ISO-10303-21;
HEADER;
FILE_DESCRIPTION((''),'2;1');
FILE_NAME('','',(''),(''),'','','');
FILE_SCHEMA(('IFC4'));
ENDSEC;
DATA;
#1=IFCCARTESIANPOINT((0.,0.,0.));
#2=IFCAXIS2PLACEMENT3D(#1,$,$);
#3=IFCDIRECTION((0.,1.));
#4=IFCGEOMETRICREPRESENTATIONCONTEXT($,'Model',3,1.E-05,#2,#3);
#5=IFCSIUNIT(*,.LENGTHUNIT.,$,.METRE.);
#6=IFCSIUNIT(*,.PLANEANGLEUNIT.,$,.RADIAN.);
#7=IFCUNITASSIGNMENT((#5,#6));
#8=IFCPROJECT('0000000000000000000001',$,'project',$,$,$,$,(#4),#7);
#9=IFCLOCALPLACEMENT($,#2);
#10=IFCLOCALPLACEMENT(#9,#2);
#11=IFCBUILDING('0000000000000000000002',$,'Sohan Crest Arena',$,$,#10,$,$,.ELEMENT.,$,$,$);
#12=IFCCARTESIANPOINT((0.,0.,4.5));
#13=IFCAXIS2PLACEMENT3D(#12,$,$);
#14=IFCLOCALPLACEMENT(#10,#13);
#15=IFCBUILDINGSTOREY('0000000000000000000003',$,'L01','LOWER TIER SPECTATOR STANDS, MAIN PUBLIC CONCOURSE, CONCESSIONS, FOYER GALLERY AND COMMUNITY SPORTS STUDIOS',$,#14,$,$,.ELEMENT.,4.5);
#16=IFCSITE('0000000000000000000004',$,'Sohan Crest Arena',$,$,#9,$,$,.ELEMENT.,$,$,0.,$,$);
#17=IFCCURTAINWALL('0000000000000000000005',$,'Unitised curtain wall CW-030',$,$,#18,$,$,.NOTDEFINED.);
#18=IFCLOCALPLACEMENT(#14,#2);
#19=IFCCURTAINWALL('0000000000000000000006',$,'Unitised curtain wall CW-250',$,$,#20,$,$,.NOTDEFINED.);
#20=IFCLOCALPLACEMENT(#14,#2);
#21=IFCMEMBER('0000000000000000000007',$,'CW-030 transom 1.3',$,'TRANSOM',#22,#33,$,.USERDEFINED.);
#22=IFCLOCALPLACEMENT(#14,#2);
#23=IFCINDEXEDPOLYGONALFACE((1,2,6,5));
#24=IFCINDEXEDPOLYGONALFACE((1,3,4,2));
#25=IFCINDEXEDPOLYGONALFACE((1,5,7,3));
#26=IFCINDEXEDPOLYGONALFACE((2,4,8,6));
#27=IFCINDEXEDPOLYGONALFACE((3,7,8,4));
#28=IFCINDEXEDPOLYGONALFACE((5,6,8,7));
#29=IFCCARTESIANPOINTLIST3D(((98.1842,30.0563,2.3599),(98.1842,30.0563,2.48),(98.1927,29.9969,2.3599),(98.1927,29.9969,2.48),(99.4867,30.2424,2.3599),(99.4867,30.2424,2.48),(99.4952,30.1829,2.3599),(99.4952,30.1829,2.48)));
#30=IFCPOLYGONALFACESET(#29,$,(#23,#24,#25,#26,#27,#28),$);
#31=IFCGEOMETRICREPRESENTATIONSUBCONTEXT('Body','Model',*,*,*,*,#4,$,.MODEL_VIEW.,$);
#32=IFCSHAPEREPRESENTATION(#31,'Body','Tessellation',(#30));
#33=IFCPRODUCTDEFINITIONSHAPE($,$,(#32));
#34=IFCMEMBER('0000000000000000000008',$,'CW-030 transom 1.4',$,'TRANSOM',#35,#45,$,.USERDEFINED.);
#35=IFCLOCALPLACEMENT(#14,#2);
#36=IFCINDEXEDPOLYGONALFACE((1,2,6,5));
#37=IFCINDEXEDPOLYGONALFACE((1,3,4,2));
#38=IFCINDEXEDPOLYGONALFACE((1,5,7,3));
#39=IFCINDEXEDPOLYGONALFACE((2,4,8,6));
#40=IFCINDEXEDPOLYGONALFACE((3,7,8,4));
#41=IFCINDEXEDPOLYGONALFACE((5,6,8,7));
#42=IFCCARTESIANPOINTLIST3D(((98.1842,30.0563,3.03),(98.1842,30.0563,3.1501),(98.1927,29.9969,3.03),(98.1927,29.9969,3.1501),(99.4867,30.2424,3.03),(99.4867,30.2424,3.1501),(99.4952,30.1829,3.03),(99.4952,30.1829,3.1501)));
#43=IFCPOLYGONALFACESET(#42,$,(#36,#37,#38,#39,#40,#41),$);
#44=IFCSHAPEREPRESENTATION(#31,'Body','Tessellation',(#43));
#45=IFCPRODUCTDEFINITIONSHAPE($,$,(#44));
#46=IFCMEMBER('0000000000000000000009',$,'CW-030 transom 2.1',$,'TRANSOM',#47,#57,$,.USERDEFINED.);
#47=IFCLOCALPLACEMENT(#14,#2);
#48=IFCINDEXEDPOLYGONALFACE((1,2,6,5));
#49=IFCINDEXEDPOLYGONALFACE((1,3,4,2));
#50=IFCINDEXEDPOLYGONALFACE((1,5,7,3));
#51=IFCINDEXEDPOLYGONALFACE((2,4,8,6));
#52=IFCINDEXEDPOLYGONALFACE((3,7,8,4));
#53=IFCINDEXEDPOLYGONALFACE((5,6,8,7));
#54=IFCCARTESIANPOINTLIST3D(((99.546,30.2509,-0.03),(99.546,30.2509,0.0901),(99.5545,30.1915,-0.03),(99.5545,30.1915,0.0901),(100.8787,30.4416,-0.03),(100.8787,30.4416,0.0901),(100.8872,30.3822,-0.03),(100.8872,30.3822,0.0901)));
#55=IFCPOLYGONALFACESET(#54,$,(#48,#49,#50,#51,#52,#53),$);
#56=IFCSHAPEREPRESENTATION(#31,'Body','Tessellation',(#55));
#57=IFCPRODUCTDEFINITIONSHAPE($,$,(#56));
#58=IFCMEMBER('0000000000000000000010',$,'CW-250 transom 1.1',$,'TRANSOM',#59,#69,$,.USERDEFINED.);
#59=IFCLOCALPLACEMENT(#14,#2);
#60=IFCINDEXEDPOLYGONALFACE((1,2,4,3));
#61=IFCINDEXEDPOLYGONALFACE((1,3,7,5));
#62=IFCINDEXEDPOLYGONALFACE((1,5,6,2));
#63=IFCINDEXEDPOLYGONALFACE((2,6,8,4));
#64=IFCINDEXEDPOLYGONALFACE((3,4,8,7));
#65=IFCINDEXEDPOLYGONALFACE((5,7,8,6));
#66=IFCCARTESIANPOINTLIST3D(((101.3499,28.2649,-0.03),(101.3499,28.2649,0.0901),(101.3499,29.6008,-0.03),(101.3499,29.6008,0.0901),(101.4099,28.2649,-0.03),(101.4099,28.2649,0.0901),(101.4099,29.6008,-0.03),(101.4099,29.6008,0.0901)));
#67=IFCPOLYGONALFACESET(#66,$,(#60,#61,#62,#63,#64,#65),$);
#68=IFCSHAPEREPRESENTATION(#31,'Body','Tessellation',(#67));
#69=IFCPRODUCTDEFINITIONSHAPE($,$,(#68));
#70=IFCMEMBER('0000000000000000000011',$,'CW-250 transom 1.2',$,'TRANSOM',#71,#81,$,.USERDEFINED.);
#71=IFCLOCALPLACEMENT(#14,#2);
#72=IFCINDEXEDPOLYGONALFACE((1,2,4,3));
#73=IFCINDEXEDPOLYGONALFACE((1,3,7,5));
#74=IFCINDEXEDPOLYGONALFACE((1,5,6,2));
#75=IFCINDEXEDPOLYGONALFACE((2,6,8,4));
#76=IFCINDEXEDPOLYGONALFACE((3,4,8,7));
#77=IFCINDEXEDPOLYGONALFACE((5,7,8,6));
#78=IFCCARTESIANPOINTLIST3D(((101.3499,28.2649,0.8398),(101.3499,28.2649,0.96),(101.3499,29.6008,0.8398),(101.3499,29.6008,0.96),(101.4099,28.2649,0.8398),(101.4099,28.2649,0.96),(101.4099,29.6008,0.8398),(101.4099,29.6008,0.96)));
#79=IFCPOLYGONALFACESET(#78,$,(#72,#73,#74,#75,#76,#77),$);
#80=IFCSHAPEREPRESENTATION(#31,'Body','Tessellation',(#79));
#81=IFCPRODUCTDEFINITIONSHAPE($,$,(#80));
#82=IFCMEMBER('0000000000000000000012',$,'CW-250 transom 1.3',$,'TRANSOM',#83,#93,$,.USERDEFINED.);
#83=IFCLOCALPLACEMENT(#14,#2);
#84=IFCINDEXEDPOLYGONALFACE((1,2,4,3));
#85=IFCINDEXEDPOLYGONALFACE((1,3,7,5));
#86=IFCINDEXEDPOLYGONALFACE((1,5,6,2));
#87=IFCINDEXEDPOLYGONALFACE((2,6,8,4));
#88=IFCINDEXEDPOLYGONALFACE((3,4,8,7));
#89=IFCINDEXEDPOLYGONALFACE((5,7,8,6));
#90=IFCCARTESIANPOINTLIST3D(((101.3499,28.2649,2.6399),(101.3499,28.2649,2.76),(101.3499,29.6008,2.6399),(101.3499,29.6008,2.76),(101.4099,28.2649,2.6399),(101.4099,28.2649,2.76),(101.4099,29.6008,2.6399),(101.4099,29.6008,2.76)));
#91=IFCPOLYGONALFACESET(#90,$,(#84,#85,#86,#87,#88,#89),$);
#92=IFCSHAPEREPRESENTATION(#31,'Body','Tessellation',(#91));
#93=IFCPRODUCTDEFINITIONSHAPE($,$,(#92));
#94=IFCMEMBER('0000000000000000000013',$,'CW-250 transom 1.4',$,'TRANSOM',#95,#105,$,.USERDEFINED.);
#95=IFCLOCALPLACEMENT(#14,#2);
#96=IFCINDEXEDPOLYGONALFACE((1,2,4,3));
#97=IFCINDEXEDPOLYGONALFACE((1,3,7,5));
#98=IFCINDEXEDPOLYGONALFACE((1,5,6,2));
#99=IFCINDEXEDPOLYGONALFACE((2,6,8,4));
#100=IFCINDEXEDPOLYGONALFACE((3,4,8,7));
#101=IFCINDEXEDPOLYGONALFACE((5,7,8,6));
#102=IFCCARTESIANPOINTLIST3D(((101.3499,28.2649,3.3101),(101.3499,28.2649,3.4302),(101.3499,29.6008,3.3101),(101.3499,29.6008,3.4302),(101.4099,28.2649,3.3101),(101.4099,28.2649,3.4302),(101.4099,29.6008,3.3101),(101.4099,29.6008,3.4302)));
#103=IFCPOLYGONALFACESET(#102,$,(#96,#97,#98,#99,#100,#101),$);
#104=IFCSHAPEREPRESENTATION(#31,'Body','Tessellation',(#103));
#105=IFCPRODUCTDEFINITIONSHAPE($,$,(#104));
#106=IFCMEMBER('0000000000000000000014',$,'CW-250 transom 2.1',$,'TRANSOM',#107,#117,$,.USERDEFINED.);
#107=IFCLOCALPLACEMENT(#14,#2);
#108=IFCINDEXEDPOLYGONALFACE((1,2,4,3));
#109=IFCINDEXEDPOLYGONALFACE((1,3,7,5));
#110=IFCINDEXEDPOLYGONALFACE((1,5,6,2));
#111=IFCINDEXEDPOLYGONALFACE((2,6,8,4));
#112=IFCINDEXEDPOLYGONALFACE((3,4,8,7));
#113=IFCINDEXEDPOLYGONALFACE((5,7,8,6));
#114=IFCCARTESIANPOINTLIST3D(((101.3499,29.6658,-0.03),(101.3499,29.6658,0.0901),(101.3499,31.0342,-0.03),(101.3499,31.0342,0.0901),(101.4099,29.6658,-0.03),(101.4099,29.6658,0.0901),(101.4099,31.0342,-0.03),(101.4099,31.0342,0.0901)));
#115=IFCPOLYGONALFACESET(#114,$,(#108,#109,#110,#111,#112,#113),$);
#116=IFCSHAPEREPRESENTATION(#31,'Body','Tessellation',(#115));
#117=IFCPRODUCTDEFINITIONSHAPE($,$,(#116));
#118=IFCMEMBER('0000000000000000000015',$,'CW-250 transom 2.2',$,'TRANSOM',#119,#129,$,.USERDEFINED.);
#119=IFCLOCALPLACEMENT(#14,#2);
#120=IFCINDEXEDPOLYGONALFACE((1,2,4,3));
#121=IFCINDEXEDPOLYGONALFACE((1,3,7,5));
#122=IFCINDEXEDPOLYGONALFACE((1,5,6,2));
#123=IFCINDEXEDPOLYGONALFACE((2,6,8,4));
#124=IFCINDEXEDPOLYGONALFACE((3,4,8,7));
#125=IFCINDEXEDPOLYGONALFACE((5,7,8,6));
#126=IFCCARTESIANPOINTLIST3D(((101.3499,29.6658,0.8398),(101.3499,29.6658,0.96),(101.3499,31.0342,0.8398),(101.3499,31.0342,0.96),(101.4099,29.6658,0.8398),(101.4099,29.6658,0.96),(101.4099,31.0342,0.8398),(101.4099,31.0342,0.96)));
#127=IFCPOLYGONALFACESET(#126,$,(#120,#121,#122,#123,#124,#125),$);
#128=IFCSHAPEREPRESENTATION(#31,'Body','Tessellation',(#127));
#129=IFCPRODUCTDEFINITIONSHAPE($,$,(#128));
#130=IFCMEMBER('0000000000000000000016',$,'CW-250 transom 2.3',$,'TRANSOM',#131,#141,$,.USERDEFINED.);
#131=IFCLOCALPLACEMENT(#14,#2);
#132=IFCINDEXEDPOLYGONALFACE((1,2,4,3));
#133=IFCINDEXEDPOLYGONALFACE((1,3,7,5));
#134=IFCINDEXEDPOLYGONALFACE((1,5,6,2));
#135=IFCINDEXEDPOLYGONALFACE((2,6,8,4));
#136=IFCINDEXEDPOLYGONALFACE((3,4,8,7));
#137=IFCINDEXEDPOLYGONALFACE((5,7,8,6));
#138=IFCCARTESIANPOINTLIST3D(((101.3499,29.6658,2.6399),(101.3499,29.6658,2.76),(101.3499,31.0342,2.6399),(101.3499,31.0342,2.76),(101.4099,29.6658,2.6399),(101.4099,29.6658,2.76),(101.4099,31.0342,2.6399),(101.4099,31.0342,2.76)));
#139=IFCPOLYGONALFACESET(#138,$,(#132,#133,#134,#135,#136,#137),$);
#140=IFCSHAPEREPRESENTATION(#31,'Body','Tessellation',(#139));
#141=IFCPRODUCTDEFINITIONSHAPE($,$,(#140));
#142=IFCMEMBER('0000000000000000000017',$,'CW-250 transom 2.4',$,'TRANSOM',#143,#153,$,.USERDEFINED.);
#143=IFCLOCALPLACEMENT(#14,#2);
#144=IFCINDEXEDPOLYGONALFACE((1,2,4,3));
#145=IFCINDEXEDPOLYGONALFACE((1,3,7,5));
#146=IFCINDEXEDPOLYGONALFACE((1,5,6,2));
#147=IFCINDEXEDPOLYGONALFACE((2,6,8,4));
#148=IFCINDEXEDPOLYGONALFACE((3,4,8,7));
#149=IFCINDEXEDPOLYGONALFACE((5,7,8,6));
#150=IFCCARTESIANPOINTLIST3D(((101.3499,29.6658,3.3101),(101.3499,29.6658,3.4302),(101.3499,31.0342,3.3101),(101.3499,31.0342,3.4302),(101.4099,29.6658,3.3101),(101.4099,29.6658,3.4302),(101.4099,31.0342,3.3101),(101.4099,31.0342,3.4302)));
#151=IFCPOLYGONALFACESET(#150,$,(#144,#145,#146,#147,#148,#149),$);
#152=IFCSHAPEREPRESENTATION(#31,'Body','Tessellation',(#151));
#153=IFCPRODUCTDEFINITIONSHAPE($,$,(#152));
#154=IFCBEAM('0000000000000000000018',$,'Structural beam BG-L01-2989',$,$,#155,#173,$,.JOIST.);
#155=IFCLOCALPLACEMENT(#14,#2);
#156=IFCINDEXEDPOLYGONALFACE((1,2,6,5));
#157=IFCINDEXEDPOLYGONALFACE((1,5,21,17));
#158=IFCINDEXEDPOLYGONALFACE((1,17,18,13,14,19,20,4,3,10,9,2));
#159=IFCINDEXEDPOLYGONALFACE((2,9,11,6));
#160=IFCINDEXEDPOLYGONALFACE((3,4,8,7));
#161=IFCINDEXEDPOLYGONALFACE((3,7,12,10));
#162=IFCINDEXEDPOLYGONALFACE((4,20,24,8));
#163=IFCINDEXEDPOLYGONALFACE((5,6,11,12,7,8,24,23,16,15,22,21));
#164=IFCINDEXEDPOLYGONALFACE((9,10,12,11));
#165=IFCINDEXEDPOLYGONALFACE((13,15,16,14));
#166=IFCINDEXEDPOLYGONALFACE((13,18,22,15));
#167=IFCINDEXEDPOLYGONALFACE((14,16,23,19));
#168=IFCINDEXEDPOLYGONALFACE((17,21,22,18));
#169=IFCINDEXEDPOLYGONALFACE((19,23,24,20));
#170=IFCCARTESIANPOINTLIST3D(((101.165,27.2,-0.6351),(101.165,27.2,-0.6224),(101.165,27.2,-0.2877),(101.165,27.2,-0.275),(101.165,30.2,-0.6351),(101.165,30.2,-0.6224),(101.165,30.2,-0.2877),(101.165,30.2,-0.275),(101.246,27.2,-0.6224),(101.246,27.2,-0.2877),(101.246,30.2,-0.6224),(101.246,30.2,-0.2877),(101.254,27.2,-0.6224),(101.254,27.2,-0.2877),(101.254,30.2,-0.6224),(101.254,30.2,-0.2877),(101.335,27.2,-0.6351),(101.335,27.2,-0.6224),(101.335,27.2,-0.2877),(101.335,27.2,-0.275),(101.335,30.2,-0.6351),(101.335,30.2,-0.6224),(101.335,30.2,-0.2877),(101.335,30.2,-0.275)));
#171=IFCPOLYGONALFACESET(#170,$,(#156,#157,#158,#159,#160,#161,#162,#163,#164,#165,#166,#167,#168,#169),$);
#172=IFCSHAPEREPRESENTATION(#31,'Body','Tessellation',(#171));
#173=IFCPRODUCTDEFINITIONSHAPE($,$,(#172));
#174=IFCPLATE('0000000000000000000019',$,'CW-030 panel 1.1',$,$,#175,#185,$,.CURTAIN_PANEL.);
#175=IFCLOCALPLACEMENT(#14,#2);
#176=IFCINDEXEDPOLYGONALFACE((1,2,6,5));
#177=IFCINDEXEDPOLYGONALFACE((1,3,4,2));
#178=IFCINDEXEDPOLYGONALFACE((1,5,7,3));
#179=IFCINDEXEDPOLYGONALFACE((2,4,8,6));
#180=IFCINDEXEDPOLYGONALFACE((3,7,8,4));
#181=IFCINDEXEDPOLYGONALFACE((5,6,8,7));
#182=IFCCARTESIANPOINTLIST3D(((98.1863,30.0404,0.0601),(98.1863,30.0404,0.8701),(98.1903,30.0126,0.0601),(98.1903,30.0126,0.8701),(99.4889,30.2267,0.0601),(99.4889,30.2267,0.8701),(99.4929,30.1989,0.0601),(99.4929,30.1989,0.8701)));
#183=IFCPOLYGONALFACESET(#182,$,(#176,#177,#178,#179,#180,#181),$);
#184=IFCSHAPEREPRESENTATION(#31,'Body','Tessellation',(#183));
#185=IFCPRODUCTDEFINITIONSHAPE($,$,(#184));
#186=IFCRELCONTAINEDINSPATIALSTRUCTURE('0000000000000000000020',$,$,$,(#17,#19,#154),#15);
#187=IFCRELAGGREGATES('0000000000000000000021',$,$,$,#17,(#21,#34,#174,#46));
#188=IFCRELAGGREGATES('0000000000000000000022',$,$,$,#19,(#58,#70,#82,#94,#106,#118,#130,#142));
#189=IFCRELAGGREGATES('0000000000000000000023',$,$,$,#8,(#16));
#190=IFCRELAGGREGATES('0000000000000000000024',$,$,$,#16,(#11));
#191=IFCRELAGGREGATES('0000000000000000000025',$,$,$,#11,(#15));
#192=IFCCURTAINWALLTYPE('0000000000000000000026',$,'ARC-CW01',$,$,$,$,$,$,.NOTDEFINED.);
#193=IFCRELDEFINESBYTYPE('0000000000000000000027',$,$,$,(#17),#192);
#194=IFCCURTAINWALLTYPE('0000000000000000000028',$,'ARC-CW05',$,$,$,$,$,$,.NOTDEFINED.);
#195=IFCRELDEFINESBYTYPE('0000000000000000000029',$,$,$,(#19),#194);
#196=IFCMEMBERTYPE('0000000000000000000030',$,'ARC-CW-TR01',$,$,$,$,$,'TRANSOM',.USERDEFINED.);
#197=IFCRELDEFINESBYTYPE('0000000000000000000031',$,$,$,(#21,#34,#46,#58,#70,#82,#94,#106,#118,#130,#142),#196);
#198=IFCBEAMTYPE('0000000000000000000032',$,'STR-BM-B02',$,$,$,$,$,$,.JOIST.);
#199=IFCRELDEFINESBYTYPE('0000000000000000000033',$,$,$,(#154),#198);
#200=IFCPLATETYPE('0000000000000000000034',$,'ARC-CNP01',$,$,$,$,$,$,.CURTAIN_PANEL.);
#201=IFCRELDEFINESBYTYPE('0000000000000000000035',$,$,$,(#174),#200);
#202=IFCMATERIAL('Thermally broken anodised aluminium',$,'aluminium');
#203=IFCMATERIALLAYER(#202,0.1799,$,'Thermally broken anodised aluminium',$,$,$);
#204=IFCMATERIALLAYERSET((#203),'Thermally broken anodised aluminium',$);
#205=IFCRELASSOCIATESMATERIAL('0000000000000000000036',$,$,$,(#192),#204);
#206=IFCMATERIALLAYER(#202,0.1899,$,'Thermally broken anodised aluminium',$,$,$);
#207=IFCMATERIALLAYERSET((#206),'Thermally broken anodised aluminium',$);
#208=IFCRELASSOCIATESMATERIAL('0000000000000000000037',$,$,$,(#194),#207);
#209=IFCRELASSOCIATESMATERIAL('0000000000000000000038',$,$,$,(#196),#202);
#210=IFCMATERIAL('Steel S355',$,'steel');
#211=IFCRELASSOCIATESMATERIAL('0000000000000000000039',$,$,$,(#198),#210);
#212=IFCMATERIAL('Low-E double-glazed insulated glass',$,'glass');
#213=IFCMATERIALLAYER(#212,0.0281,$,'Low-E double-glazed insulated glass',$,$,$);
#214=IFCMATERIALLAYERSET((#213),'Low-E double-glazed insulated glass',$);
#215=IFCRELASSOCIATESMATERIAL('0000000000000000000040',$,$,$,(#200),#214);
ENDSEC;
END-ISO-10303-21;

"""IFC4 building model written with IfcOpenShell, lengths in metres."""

from ifc_helpers import new_model, si_unit, direction, frame, origin, origin_2d, place, context, subcontext, project, spatial, rectangle, i_section, extrude, material, layer, layer_set, material_profile, profile_set, type_object, element, aggregate, save


model = new_model("IFC4")

# Units and contexts
model_context = context("Model", 3, precision=1e-05, world=origin(), true_north=direction((0.0, 1.0)))
body_context = subcontext(model_context, "Body", "Model", "MODEL_VIEW")
ifc_project = project(units=[si_unit("LENGTHUNIT", "METRE"), si_unit("PLANEANGLEUNIT", "RADIAN")], contexts=[model_context])

# Site, building, storey
site_placement = place(None, origin())
site = spatial("IfcSite", under=ifc_project, at=site_placement, Name="Sohan Crest Arena", CompositionType="ELEMENT", RefElevation=0.0)
building_placement = place(site_placement, origin())
building = spatial("IfcBuilding", under=site, at=building_placement, Name="Sohan Crest Arena", CompositionType="ELEMENT")
storey_placement = place(building_placement, frame((0.0, 0.0, 4.5)))
storey = spatial("IfcBuildingStorey", under=building, at=storey_placement, Name="L01", Description="LOWER TIER SPECTATOR STANDS, MAIN PUBLIC CONCOURSE, CONCESSIONS, FOYER GALLERY AND COMMUNITY SPORTS STUDIOS", CompositionType="ELEMENT", Elevation=4.5)

# Shared definitions
ifc_material_1 = material(Name="Steel S355", Category="steel")

# Curtain walls
ifc_material_2 = material(Name="Thermally broken anodised aluminium", Category="aluminium")
ifc_layer_1 = layer(ifc_material_2, 0.1799, Name="Thermally broken anodised aluminium")
ifc_layer_set_1 = layer_set([ifc_layer_1], Name="Thermally broken anodised aluminium")
curtain_wall_type_1 = type_object("IfcCurtainWallType", Name="ARC-CW01", PredefinedType="NOTDEFINED", material=ifc_layer_set_1)
curtain_wall_1_placement = place(storey_placement, origin())
curtain_wall_1 = element("IfcCurtainWall", 1, at=curtain_wall_1_placement, inside=storey, type_object=curtain_wall_type_1, Name="Unitised curtain wall CW-030", PredefinedType="NOTDEFINED")
ifc_layer_2 = layer(ifc_material_2, 0.1899, Name="Thermally broken anodised aluminium")
ifc_layer_set_2 = layer_set([ifc_layer_2], Name="Thermally broken anodised aluminium")
curtain_wall_type_2 = type_object("IfcCurtainWallType", Name="ARC-CW05", PredefinedType="NOTDEFINED", material=ifc_layer_set_2)
curtain_wall_2_placement = place(storey_placement, origin())
curtain_wall_2 = element("IfcCurtainWall", 2, at=curtain_wall_2_placement, inside=storey, type_object=curtain_wall_type_2, Name="Unitised curtain wall CW-250", PredefinedType="NOTDEFINED")

# Members
ifc_material_profile_1 = material_profile(ifc_material_2, rectangle(XDim=0.0601, YDim=0.1201, at=origin_2d()), Name="ALU-TRAN 60x120")
ifc_profile_set_1 = profile_set([ifc_material_profile_1], Name="Thermally broken anodised aluminium")
member_type_1 = type_object("IfcMemberType", Name="ARC-CW-TR01", ElementType="TRANSOM", PredefinedType="USERDEFINED", material=ifc_profile_set_1)
member_1_placement = place(storey_placement, frame((98.1885, 30.0266, 2.4199), z_axis=(0.989953, 0.141395, 0.0), x_axis=(-0.141395, 0.989953, 0.0)))
member_1 = element("IfcMember", 3, at=member_1_placement, type_object=member_type_1, Name="CW-030 transom 1.3", ObjectType="TRANSOM", PredefinedType="USERDEFINED", context=body_context, shape_type="SweptSolid", body=[
    extrude(rectangle(XDim=0.0601, YDim=0.1201, at=origin_2d()), origin(), (0.0, 0.0, 1.0), 1.3157),
])
member_2_placement = place(storey_placement, frame((98.1885, 30.0266, 3.0901), z_axis=(0.989953, 0.141395, 0.0), x_axis=(-0.141395, 0.989953, 0.0)))
member_2 = element("IfcMember", 4, at=member_2_placement, type_object=member_type_1, Name="CW-030 transom 1.4", ObjectType="TRANSOM", PredefinedType="USERDEFINED", context=body_context, shape_type="SweptSolid", body=[
    extrude(rectangle(XDim=0.0601, YDim=0.1201, at=origin_2d()), origin(), (0.0, 0.0, 1.0), 1.3157),
])
member_3_placement = place(storey_placement, frame((99.5503, 30.2212, 0.03), z_axis=(0.989917, 0.14165, 0.0), x_axis=(-0.14165, 0.989917, 0.0)))
member_3 = element("IfcMember", 5, at=member_3_placement, type_object=member_type_1, Name="CW-030 transom 2.1", ObjectType="TRANSOM", PredefinedType="USERDEFINED", context=body_context, shape_type="SweptSolid", body=[
    extrude(rectangle(XDim=0.0601, YDim=0.1201, at=origin_2d()), origin(), (0.0, 0.0, 1.0), 1.3462),
])
member_4_placement = place(storey_placement, frame((101.3799, 28.2649, 0.03), z_axis=(0.0, 1.0, 0.0), x_axis=(-1.0, 0.0, 0.0)))
member_4 = element("IfcMember", 6, at=member_4_placement, type_object=member_type_1, Name="CW-250 transom 1.1", ObjectType="TRANSOM", PredefinedType="USERDEFINED", context=body_context, shape_type="SweptSolid", body=[
    extrude(rectangle(XDim=0.0601, YDim=0.1201, at=origin_2d()), origin(), (0.0, 0.0, 1.0), 1.3359),
])
member_5_placement = place(storey_placement, frame((101.3799, 28.2649, 0.8999), z_axis=(0.0, 1.0, 0.0), x_axis=(-1.0, 0.0, 0.0)))
member_5 = element("IfcMember", 7, at=member_5_placement, type_object=member_type_1, Name="CW-250 transom 1.2", ObjectType="TRANSOM", PredefinedType="USERDEFINED", context=body_context, shape_type="SweptSolid", body=[
    extrude(rectangle(XDim=0.0601, YDim=0.1201, at=origin_2d()), origin(), (0.0, 0.0, 1.0), 1.3359),
])
member_6_placement = place(storey_placement, frame((101.3799, 28.2649, 2.7), z_axis=(0.0, 1.0, 0.0), x_axis=(-1.0, 0.0, 0.0)))
member_6 = element("IfcMember", 8, at=member_6_placement, type_object=member_type_1, Name="CW-250 transom 1.3", ObjectType="TRANSOM", PredefinedType="USERDEFINED", context=body_context, shape_type="SweptSolid", body=[
    extrude(rectangle(XDim=0.0601, YDim=0.1201, at=origin_2d()), origin(), (0.0, 0.0, 1.0), 1.3359),
])
member_7_placement = place(storey_placement, frame((101.3799, 28.2649, 3.3701), z_axis=(0.0, 1.0, 0.0), x_axis=(-1.0, 0.0, 0.0)))
member_7 = element("IfcMember", 9, at=member_7_placement, type_object=member_type_1, Name="CW-250 transom 1.4", ObjectType="TRANSOM", PredefinedType="USERDEFINED", context=body_context, shape_type="SweptSolid", body=[
    extrude(rectangle(XDim=0.0601, YDim=0.1201, at=origin_2d()), origin(), (0.0, 0.0, 1.0), 1.3359),
])
member_8_placement = place(storey_placement, frame((101.3799, 29.6658, 0.03), z_axis=(0.0, 1.0, 0.0), x_axis=(-1.0, 0.0, 0.0)))
member_8 = element("IfcMember", 10, at=member_8_placement, type_object=member_type_1, Name="CW-250 transom 2.1", ObjectType="TRANSOM", PredefinedType="USERDEFINED", context=body_context, shape_type="SweptSolid", body=[
    extrude(rectangle(XDim=0.0601, YDim=0.1201, at=origin_2d()), origin(), (0.0, 0.0, 1.0), 1.3684),
])
member_9_placement = place(storey_placement, frame((101.3799, 29.6658, 0.8999), z_axis=(0.0, 1.0, 0.0), x_axis=(-1.0, 0.0, 0.0)))
member_9 = element("IfcMember", 11, at=member_9_placement, type_object=member_type_1, Name="CW-250 transom 2.2", ObjectType="TRANSOM", PredefinedType="USERDEFINED", context=body_context, shape_type="SweptSolid", body=[
    extrude(rectangle(XDim=0.0601, YDim=0.1201, at=origin_2d()), origin(), (0.0, 0.0, 1.0), 1.3684),
])
member_10_placement = place(storey_placement, frame((101.3799, 29.6658, 2.7), z_axis=(0.0, 1.0, 0.0), x_axis=(-1.0, 0.0, 0.0)))
member_10 = element("IfcMember", 12, at=member_10_placement, type_object=member_type_1, Name="CW-250 transom 2.3", ObjectType="TRANSOM", PredefinedType="USERDEFINED", context=body_context, shape_type="SweptSolid", body=[
    extrude(rectangle(XDim=0.0601, YDim=0.1201, at=origin_2d()), origin(), (0.0, 0.0, 1.0), 1.3684),
])
member_11_placement = place(storey_placement, frame((101.3799, 29.6658, 3.3701), z_axis=(0.0, 1.0, 0.0), x_axis=(-1.0, 0.0, 0.0)))
member_11 = element("IfcMember", 13, at=member_11_placement, type_object=member_type_1, Name="CW-250 transom 2.4", ObjectType="TRANSOM", PredefinedType="USERDEFINED", context=body_context, shape_type="SweptSolid", body=[
    extrude(rectangle(XDim=0.0601, YDim=0.1201, at=origin_2d()), origin(), (0.0, 0.0, 1.0), 1.3684),
])

# Beam
ifc_material_profile_2 = material_profile(ifc_material_1, i_section(OverallWidth=0.1699, OverallDepth=0.3601, WebThickness=0.0081, FlangeThickness=0.0127, at=origin_2d()), Name="IPE 360")
ifc_profile_set_2 = profile_set([ifc_material_profile_2], Name="Steel S355")
beam_type = type_object("IfcBeamType", Name="STR-BM-B02", PredefinedType="JOIST", material=ifc_profile_set_2)
beam_placement = place(storey_placement, frame((101.25, 27.2, -0.4551), z_axis=(0.0, 1.0, 0.0), x_axis=(-1.0, 0.0, 0.0)))
element("IfcBeam", 14, at=beam_placement, inside=storey, type_object=beam_type, Name="Structural beam BG-L01-2989", PredefinedType="JOIST", context=body_context, shape_type="SweptSolid", body=[
    extrude(i_section(OverallWidth=0.1699, OverallDepth=0.3601, WebThickness=0.0081, FlangeThickness=0.0127, at=origin_2d()), origin(), (0.0, 0.0, 1.0), 3.0),
])

# Plate
ifc_material_3 = material(Name="Low-E double-glazed insulated glass", Category="glass")
ifc_layer_3 = layer(ifc_material_3, 0.0281, Name="Low-E double-glazed insulated glass")
ifc_layer_set_3 = layer_set([ifc_layer_3], Name="Low-E double-glazed insulated glass")
plate_type_1 = type_object("IfcPlateType", Name="ARC-CNP01", PredefinedType="CURTAIN_PANEL", material=ifc_layer_set_3)
plate_1_placement = place(storey_placement, frame((98.8396, 30.1196, 0.0601), z_axis=(0.0, 0.0, 1.0), x_axis=(0.989931, 0.141549, 0.0)))
plate_1 = element("IfcPlate", 15, at=plate_1_placement, type_object=plate_type_1, Name="CW-030 panel 1.1", PredefinedType="CURTAIN_PANEL", context=body_context, shape_type="SweptSolid", body=[
    extrude(rectangle(XDim=1.3159, YDim=0.0281, at=origin_2d()), origin(), (0.0, 0.0, 1.0), 0.8101),
])
aggregate(curtain_wall_1, [member_1, member_2, plate_1, member_3])
aggregate(curtain_wall_2, [member_4, member_5, member_6, member_7, member_8, member_9, member_10, member_11])

save(model, "model.ifc")
